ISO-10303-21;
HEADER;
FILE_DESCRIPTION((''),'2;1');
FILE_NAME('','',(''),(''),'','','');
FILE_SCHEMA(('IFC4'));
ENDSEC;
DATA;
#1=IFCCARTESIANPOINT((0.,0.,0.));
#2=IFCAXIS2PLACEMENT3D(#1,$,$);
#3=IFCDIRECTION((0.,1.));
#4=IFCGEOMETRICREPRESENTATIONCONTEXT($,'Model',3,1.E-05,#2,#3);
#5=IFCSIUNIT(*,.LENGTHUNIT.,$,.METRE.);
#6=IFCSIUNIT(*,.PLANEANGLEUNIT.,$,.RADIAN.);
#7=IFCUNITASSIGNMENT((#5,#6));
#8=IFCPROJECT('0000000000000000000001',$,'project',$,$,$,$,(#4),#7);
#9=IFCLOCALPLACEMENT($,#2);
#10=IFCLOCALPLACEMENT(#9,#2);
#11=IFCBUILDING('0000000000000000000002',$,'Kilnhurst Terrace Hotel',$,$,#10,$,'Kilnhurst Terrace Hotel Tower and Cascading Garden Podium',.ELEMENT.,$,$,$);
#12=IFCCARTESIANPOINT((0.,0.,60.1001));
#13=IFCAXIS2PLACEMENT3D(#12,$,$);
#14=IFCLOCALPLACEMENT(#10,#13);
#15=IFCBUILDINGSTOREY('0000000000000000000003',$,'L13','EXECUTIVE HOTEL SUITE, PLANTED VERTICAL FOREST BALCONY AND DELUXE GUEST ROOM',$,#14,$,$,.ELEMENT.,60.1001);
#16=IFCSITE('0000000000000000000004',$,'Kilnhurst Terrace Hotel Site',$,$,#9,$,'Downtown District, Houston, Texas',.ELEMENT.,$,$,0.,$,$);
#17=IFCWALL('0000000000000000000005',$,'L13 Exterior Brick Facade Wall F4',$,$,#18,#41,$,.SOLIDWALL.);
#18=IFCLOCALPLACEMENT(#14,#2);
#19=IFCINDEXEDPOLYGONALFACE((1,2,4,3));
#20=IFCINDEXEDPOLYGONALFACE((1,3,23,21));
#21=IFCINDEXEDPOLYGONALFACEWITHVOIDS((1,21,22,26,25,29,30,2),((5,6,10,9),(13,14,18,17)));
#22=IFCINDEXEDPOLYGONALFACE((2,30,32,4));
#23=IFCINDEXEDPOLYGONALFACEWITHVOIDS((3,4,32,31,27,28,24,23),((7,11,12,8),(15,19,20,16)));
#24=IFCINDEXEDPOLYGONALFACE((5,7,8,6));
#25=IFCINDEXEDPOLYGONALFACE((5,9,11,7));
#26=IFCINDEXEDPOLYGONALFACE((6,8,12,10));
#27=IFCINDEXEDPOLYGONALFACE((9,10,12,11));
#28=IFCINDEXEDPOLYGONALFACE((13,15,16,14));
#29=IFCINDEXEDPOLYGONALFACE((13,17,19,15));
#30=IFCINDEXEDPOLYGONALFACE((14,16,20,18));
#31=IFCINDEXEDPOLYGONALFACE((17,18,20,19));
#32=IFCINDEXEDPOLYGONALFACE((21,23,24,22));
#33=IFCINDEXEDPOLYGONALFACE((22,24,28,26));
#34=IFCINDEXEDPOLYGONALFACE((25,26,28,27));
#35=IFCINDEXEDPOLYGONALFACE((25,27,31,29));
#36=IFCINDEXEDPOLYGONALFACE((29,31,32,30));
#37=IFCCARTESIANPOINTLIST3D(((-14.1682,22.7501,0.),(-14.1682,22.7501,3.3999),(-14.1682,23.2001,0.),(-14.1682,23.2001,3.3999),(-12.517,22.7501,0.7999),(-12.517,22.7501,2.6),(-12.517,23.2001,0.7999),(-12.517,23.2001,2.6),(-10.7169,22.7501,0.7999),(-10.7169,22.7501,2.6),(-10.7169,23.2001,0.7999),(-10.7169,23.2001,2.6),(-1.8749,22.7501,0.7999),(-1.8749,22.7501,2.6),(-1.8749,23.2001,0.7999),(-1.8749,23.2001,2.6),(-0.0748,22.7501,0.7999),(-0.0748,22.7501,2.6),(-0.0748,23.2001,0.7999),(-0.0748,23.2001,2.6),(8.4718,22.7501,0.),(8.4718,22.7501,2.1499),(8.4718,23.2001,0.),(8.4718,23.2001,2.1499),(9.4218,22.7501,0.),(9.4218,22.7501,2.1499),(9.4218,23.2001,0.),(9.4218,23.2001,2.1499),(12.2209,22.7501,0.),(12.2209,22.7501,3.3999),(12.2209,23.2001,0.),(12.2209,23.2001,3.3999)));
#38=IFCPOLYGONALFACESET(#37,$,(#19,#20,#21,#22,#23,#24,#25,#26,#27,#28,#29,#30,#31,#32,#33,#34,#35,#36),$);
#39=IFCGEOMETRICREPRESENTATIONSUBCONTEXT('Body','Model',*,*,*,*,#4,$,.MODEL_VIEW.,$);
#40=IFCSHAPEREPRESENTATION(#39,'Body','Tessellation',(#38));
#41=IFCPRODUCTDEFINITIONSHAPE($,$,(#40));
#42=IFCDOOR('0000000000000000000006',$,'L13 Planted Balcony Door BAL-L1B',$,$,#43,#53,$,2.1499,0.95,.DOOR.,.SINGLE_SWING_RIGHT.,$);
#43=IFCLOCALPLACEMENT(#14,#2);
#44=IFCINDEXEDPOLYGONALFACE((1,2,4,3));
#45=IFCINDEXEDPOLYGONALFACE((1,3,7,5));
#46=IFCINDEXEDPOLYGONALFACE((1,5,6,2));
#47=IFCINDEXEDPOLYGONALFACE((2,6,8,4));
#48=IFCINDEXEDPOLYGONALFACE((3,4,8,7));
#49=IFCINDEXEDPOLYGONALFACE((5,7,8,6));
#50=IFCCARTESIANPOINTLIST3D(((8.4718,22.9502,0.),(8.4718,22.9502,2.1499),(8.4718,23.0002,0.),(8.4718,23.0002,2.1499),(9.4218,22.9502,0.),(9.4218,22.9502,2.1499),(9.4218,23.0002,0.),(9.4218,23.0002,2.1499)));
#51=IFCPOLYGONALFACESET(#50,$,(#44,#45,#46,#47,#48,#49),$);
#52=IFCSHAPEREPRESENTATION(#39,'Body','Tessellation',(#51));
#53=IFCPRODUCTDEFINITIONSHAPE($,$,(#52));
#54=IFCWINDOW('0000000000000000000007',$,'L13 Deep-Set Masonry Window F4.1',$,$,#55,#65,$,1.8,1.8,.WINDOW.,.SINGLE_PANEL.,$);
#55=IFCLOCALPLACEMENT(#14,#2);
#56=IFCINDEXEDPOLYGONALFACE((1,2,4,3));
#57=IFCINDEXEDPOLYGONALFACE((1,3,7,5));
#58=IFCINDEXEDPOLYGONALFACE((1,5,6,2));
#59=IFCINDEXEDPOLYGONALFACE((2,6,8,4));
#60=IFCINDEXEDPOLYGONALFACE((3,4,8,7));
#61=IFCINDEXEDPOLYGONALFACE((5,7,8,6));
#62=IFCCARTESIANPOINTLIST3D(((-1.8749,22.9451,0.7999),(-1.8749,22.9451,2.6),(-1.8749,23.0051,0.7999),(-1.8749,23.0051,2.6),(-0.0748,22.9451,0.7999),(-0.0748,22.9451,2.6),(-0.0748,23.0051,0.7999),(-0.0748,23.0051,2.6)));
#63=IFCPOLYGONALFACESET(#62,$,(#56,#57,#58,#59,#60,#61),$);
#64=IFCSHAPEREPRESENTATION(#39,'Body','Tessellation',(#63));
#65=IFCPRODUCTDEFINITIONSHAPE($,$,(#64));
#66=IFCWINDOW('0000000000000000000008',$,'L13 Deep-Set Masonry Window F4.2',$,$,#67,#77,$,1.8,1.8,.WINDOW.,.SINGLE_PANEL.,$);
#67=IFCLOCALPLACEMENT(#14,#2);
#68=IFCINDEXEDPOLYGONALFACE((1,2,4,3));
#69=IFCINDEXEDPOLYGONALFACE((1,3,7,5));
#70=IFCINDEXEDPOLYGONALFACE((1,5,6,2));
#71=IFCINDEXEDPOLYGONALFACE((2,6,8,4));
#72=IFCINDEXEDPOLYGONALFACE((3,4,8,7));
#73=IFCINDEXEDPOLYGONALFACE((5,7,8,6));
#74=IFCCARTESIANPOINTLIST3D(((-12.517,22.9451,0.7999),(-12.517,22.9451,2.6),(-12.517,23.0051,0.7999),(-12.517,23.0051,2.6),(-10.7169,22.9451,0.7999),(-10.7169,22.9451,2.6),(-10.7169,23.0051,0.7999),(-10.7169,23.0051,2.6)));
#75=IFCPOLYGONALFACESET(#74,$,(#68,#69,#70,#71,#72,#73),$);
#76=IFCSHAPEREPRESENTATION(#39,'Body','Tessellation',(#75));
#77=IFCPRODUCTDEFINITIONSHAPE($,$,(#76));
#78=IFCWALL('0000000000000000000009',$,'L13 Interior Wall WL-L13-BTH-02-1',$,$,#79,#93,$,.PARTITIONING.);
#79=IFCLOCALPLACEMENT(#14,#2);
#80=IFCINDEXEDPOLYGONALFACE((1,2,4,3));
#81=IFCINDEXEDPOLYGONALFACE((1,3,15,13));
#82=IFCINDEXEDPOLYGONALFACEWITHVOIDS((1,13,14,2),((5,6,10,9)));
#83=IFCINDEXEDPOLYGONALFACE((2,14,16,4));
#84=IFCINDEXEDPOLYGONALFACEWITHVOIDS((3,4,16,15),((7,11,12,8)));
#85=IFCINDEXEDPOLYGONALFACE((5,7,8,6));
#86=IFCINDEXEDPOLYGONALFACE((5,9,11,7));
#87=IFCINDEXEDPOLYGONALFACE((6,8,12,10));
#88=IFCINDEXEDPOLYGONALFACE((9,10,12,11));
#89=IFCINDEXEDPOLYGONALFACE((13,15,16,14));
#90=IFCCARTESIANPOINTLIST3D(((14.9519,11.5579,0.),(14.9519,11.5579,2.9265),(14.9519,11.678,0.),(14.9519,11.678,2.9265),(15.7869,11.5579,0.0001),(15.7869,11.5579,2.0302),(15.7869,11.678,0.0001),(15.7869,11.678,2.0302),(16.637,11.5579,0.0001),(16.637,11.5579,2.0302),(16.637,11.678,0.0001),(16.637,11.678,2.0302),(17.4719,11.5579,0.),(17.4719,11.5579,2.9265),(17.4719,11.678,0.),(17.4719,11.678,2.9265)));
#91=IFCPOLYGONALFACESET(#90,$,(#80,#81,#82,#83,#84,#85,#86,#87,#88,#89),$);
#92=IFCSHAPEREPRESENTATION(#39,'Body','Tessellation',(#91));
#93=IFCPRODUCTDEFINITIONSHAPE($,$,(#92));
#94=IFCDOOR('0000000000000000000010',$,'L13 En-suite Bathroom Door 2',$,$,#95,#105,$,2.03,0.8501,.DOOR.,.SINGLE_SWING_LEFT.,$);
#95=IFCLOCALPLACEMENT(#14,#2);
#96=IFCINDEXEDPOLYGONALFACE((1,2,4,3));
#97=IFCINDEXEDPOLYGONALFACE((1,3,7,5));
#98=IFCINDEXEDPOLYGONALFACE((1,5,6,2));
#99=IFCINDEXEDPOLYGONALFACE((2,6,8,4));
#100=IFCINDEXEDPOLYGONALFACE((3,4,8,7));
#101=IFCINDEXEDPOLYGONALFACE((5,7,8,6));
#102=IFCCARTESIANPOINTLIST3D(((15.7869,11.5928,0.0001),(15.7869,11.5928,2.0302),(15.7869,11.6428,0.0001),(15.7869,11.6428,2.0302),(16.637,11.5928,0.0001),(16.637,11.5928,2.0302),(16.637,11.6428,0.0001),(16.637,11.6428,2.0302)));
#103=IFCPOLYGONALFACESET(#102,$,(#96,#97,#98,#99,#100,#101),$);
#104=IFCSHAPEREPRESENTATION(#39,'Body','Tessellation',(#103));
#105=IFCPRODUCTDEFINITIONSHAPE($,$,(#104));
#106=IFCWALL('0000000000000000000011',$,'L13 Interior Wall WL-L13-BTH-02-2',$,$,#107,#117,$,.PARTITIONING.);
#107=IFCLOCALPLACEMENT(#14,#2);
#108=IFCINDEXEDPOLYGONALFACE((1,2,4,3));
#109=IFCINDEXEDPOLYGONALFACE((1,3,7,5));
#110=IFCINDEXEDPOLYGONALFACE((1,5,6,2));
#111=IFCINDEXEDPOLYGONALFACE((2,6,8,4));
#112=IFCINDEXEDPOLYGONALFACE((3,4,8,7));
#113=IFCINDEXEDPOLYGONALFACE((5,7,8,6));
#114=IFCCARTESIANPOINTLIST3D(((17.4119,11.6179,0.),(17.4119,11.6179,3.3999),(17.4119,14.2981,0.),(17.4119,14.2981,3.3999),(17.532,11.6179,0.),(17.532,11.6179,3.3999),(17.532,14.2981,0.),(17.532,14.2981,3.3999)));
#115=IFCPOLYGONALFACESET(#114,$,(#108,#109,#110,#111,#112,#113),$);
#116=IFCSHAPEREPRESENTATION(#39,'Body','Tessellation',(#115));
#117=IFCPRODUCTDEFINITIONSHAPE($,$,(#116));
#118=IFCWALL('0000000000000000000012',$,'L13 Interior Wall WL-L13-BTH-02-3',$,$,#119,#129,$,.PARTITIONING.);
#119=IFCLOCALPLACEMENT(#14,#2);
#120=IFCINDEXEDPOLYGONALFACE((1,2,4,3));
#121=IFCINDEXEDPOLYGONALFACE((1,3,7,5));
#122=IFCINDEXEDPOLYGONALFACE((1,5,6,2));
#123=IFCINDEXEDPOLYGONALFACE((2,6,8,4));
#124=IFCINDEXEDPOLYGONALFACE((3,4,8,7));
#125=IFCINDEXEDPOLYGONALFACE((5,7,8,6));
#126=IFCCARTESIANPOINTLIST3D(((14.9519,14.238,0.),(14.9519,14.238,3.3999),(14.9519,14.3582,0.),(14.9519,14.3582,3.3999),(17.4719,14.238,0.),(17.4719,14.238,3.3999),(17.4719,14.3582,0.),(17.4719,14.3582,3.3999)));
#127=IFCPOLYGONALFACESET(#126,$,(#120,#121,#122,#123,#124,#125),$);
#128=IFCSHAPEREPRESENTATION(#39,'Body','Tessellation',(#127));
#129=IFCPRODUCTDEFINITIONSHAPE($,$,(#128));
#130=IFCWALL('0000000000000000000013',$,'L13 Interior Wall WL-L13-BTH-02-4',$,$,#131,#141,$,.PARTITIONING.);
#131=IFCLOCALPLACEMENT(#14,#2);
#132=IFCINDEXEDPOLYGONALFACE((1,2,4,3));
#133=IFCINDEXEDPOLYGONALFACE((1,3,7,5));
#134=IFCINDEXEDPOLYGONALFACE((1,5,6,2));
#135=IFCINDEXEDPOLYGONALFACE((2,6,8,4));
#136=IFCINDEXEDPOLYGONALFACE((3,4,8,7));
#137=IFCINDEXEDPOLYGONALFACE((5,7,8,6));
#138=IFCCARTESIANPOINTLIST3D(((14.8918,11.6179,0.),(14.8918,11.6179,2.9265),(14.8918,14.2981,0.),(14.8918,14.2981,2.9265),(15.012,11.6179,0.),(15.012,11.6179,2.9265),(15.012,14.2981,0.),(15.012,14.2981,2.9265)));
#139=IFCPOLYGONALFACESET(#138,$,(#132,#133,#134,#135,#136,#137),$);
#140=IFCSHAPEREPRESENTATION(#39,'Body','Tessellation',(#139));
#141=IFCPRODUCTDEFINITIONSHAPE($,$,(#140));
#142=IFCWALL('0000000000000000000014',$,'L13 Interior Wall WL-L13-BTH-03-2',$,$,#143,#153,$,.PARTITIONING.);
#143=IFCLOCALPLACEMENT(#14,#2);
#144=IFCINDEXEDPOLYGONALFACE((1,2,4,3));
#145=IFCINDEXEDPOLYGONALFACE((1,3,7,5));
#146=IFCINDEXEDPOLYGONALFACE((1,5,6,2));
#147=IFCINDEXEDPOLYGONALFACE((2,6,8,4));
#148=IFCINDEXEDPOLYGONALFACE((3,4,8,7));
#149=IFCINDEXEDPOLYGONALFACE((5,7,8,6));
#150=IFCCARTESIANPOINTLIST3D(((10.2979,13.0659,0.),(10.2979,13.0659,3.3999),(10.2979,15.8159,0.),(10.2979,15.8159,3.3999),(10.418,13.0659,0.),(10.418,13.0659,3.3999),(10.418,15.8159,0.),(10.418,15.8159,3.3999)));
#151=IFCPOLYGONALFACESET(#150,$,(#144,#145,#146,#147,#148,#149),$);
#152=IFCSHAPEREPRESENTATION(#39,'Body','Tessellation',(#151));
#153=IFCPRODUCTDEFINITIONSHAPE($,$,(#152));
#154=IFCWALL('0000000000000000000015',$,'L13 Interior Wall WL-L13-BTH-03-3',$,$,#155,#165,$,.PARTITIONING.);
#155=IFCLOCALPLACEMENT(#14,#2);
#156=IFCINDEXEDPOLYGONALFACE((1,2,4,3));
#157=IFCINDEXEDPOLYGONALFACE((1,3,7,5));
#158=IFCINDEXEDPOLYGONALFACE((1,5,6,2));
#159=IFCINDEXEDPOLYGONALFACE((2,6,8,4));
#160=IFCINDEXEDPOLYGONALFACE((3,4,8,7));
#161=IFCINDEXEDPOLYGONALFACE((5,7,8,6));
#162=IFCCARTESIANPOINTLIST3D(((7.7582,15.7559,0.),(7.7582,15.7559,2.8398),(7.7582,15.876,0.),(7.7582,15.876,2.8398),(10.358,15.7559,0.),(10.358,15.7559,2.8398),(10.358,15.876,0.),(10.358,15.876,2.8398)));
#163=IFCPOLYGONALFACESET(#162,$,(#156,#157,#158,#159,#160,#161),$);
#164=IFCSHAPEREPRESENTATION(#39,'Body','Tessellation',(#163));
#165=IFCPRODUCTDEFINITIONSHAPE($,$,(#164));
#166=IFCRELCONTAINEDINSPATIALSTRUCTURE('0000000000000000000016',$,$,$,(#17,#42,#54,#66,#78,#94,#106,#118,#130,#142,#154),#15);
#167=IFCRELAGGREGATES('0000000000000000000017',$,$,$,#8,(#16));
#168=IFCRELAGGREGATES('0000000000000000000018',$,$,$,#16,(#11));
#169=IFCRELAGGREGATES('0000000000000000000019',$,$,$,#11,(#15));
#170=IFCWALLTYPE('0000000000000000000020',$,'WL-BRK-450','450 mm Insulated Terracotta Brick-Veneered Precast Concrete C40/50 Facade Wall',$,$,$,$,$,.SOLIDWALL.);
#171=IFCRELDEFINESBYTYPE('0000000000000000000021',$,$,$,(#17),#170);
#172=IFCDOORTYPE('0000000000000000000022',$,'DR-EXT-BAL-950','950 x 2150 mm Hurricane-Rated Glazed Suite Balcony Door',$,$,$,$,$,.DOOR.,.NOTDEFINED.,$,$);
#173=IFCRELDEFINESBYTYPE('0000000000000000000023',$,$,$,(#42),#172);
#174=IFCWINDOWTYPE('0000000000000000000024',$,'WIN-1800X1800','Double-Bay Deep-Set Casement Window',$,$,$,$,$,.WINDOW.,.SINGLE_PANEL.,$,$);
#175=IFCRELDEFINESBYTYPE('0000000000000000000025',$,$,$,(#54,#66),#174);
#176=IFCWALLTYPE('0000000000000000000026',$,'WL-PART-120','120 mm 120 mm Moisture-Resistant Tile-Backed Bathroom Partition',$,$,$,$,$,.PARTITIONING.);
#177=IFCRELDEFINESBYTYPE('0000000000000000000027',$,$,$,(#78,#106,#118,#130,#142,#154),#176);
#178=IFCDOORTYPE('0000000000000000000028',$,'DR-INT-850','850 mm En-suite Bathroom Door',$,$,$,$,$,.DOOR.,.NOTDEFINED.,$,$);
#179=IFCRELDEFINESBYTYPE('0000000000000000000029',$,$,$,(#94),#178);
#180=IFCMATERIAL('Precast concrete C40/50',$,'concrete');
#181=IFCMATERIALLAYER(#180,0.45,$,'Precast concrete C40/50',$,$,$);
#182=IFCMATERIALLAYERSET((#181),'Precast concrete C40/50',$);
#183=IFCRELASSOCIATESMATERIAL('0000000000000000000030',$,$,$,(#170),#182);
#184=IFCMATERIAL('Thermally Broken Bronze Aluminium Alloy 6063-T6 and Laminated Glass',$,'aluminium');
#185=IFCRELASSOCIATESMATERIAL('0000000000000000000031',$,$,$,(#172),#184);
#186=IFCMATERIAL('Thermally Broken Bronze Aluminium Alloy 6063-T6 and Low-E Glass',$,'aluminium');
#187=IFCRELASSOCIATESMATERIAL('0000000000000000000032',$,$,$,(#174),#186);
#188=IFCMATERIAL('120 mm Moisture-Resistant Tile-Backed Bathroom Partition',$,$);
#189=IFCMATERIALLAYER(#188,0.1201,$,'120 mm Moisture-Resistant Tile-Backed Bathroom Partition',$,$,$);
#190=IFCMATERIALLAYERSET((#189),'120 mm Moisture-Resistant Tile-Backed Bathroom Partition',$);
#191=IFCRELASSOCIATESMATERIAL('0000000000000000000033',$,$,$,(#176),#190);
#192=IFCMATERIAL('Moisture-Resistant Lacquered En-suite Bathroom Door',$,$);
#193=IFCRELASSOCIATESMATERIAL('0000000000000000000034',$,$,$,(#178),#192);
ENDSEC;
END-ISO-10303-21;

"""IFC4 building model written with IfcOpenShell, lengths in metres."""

from ifc_helpers import new_model, si_unit, direction, frame, frame_2d, origin, place, context, subcontext, project, spatial, rectangle, extrude, material, layer, layer_set, type_object, element, fill, save


model = new_model("IFC4")

# Units and contexts
model_context = context("Model", 3, precision=1e-05, world=origin(), true_north=direction((0.0, 1.0)))
body_context = subcontext(model_context, "Body", "Model", "MODEL_VIEW")
ifc_project = project(units=[si_unit("LENGTHUNIT", "METRE"), si_unit("PLANEANGLEUNIT", "RADIAN")], contexts=[model_context])

# Site, building, storey
site_placement = place(None, origin())
site = spatial("IfcSite", under=ifc_project, at=site_placement, Name="Kilnhurst Terrace Hotel Site", LongName="Downtown District, Houston, Texas", CompositionType="ELEMENT", RefElevation=0.0)
building_placement = place(site_placement, origin())
building = spatial("IfcBuilding", under=site, at=building_placement, Name="Kilnhurst Terrace Hotel", LongName="Kilnhurst Terrace Hotel Tower and Cascading Garden Podium", CompositionType="ELEMENT")
storey_placement = place(building_placement, frame((0.0, 0.0, 60.1001)))
storey = spatial("IfcBuildingStorey", under=building, at=storey_placement, Name="L13", Description="EXECUTIVE HOTEL SUITE, PLANTED VERTICAL FOREST BALCONY AND DELUXE GUEST ROOM", CompositionType="ELEMENT", Elevation=60.1001)

# Shared definitions
ifc_material_1 = material(Name="Precast concrete C40/50", Category="concrete")
ifc_layer_1 = layer(ifc_material_1, 0.45, Name="Precast concrete C40/50")
ifc_layer_set_1 = layer_set([ifc_layer_1], Name="Precast concrete C40/50")
wall_type_1 = type_object("IfcWallType", Name="WL-BRK-450", Description="450 mm Insulated Terracotta Brick-Veneered Precast Concrete C40/50 Facade Wall", PredefinedType="SOLIDWALL", material=ifc_layer_set_1)

# Wall, openings, door, windows
wall_1_placement = place(storey_placement, frame((12.2209, 22.9751, 0.0), z_axis=(0.0, 0.0, 1.0), x_axis=(-1.0, 0.0, 0.0)))
wall_1 = element("IfcWall", 1, at=wall_1_placement, inside=storey, type_object=wall_type_1, Name="L13 Exterior Brick Facade Wall F4", PredefinedType="SOLIDWALL", context=body_context, shape_type="SweptSolid", body=[
    extrude(rectangle(XDim=26.3892, YDim=0.45, at=frame_2d((13.1946, 0.0))), origin(), (0.0, 0.0, 1.0), 3.3999),
])
opening_1_placement = place(wall_1_placement, frame((2.7991, 0.0, 0.0)))
opening_1 = element("IfcOpeningElement", 2, at=opening_1_placement, cuts=wall_1, PredefinedType="OPENING", context=body_context, shape_type="SweptSolid", body=[
    extrude(rectangle(XDim=0.95, YDim=2.1499, at=frame_2d((0.4751, 1.075))), frame((0.0, 0.2349, 0.0), z_axis=(0.0, -1.0, 0.0), x_axis=(1.0, 0.0, 0.0)), (0.0, 0.0, 1.0), 0.47),
])
opening_2_placement = place(wall_1_placement, frame((12.2959, 0.0, 0.8)))
opening_2 = element("IfcOpeningElement", 3, at=opening_2_placement, cuts=wall_1, PredefinedType="OPENING", context=body_context, shape_type="SweptSolid", body=[
    extrude(rectangle(XDim=1.8, YDim=1.8, at=frame_2d((0.8999, 0.8999))), frame((0.0, 0.2349, 0.0), z_axis=(0.0, -1.0, 0.0), x_axis=(1.0, 0.0, 0.0)), (0.0, 0.0, 1.0), 0.47),
])
opening_3_placement = place(wall_1_placement, frame((22.938, 0.0, 0.8)))
opening_3 = element("IfcOpeningElement", 4, at=opening_3_placement, cuts=wall_1, PredefinedType="OPENING", context=body_context, shape_type="SweptSolid", body=[
    extrude(rectangle(XDim=1.8, YDim=1.8, at=frame_2d((0.8999, 0.8999))), frame((0.0, 0.2349, 0.0), z_axis=(0.0, -1.0, 0.0), x_axis=(1.0, 0.0, 0.0)), (0.0, 0.0, 1.0), 0.47),
])
ifc_material_2 = material(Name="Thermally Broken Bronze Aluminium Alloy 6063-T6 and Laminated Glass", Category="aluminium")
door_type_1 = type_object("IfcDoorType", Name="DR-EXT-BAL-950", Description="950 x 2150 mm Hurricane-Rated Glazed Suite Balcony Door", OperationType="NOTDEFINED", PredefinedType="DOOR", material=ifc_material_2)
door_1_placement = place(opening_1_placement, origin())
door_1 = element("IfcDoor", 5, at=door_1_placement, inside=storey, type_object=door_type_1, Name="L13 Planted Balcony Door BAL-L1B", OperationType="SINGLE_SWING_RIGHT", OverallHeight=2.1499, OverallWidth=0.95, PredefinedType="DOOR", context=body_context, shape_type="SweptSolid", body=[
    extrude(rectangle(XDim=0.95, YDim=2.1499, at=frame_2d((0.4751, 1.075))), frame((0.0, 0.0249, 0.0), z_axis=(0.0, -1.0, 0.0), x_axis=(1.0, 0.0, 0.0)), (0.0, 0.0, 1.0), 0.05),
])
fill(opening_1, door_1)
ifc_material_3 = material(Name="Thermally Broken Bronze Aluminium Alloy 6063-T6 and Low-E Glass", Category="aluminium")
window_type = type_object("IfcWindowType", Name="WIN-1800X1800", Description="Double-Bay Deep-Set Casement Window", PartitioningType="SINGLE_PANEL", PredefinedType="WINDOW", material=ifc_material_3)
window_1_placement = place(opening_2_placement, origin())
window_1 = element("IfcWindow", 6, at=window_1_placement, inside=storey, type_object=window_type, Name="L13 Deep-Set Masonry Window F4.1", OverallHeight=1.8, OverallWidth=1.8, PartitioningType="SINGLE_PANEL", PredefinedType="WINDOW", context=body_context, shape_type="SweptSolid", body=[
    extrude(rectangle(XDim=1.8, YDim=1.8, at=frame_2d((0.8999, 0.8999))), frame((0.0, 0.03, 0.0), z_axis=(0.0, -1.0, 0.0), x_axis=(1.0, 0.0, 0.0)), (0.0, 0.0, 1.0), 0.0601),
])
fill(opening_2, window_1)
window_2_placement = place(opening_3_placement, origin())
window_2 = element("IfcWindow", 7, at=window_2_placement, inside=storey, type_object=window_type, Name="L13 Deep-Set Masonry Window F4.2", OverallHeight=1.8, OverallWidth=1.8, PartitioningType="SINGLE_PANEL", PredefinedType="WINDOW", context=body_context, shape_type="SweptSolid", body=[
    extrude(rectangle(XDim=1.8, YDim=1.8, at=frame_2d((0.8999, 0.8999))), frame((0.0, 0.03, 0.0), z_axis=(0.0, -1.0, 0.0), x_axis=(1.0, 0.0, 0.0)), (0.0, 0.0, 1.0), 0.0601),
])
fill(opening_3, window_2)

# Wall, opening, door
ifc_material_4 = material(Name="120 mm Moisture-Resistant Tile-Backed Bathroom Partition")
ifc_layer_2 = layer(ifc_material_4, 0.1201, Name="120 mm Moisture-Resistant Tile-Backed Bathroom Partition")
ifc_layer_set_2 = layer_set([ifc_layer_2], Name="120 mm Moisture-Resistant Tile-Backed Bathroom Partition")
wall_type_2 = type_object("IfcWallType", Name="WL-PART-120", Description="120 mm 120 mm Moisture-Resistant Tile-Backed Bathroom Partition", PredefinedType="PARTITIONING", material=ifc_layer_set_2)
wall_2_placement = place(storey_placement, frame((14.9519, 11.6179, 0.0), z_axis=(0.0, 0.0, 1.0), x_axis=(1.0, 0.0, 0.0)))
wall_2 = element("IfcWall", 8, at=wall_2_placement, inside=storey, type_object=wall_type_2, Name="L13 Interior Wall WL-L13-BTH-02-1", PredefinedType="PARTITIONING", context=body_context, shape_type="SweptSolid", body=[
    extrude(rectangle(XDim=2.52, YDim=0.1201, at=frame_2d((1.26, 0.0))), origin(), (0.0, 0.0, 1.0), 2.9265),
])
opening_4_placement = place(wall_2_placement, frame((0.835, 0.0, 0.0)))
opening_4 = element("IfcOpeningElement", 9, at=opening_4_placement, cuts=wall_2, PredefinedType="OPENING", context=body_context, shape_type="SweptSolid", body=[
    extrude(rectangle(XDim=0.8501, YDim=2.03, at=frame_2d((0.425, 1.0151))), frame((0.0, 0.0701, 0.0), z_axis=(0.0, -1.0, 0.0), x_axis=(1.0, 0.0, 0.0)), (0.0, 0.0, 1.0), 0.1401),
])
ifc_material_5 = material(Name="Moisture-Resistant Lacquered En-suite Bathroom Door")
door_type_2 = type_object("IfcDoorType", Name="DR-INT-850", Description="850 mm En-suite Bathroom Door", OperationType="NOTDEFINED", PredefinedType="DOOR", material=ifc_material_5)
door_2_placement = place(opening_4_placement, origin())
door_2 = element("IfcDoor", 10, at=door_2_placement, inside=storey, type_object=door_type_2, Name="L13 En-suite Bathroom Door 2", OperationType="SINGLE_SWING_LEFT", OverallHeight=2.03, OverallWidth=0.8501, PredefinedType="DOOR", context=body_context, shape_type="SweptSolid", body=[
    extrude(rectangle(XDim=0.8501, YDim=2.03, at=frame_2d((0.425, 1.0151))), frame((0.0, 0.0249, 0.0), z_axis=(0.0, -1.0, 0.0), x_axis=(1.0, 0.0, 0.0)), (0.0, 0.0, 1.0), 0.05),
])
fill(opening_4, door_2)

# Walls
wall_3_placement = place(storey_placement, frame((17.4719, 11.6179, 0.0), z_axis=(0.0, 0.0, 1.0), x_axis=(0.0, 1.0, 0.0)))
element("IfcWall", 11, at=wall_3_placement, inside=storey, type_object=wall_type_2, Name="L13 Interior Wall WL-L13-BTH-02-2", PredefinedType="PARTITIONING", context=body_context, shape_type="SweptSolid", body=[
    extrude(rectangle(XDim=2.6802, YDim=0.1201, at=frame_2d((1.3401, 0.0))), origin(), (0.0, 0.0, 1.0), 3.3999),
])
wall_4_placement = place(storey_placement, frame((17.4719, 14.2981, 0.0), z_axis=(0.0, 0.0, 1.0), x_axis=(-1.0, 0.0, 0.0)))
element("IfcWall", 12, at=wall_4_placement, inside=storey, type_object=wall_type_2, Name="L13 Interior Wall WL-L13-BTH-02-3", PredefinedType="PARTITIONING", context=body_context, shape_type="SweptSolid", body=[
    extrude(rectangle(XDim=2.52, YDim=0.1201, at=frame_2d((1.26, 0.0))), origin(), (0.0, 0.0, 1.0), 3.3999),
])
wall_5_placement = place(storey_placement, frame((14.9519, 14.2981, 0.0), z_axis=(0.0, 0.0, 1.0), x_axis=(0.0, -1.0, 0.0)))
element("IfcWall", 13, at=wall_5_placement, inside=storey, type_object=wall_type_2, Name="L13 Interior Wall WL-L13-BTH-02-4", PredefinedType="PARTITIONING", context=body_context, shape_type="SweptSolid", body=[
    extrude(rectangle(XDim=2.6802, YDim=0.1201, at=frame_2d((1.3401, 0.0))), origin(), (0.0, 0.0, 1.0), 2.9265),
])
wall_6_placement = place(storey_placement, frame((10.3579, 13.0659, 0.0), z_axis=(0.0, 0.0, 1.0), x_axis=(0.0, 1.0, 0.0)))
element("IfcWall", 14, at=wall_6_placement, inside=storey, type_object=wall_type_2, Name="L13 Interior Wall WL-L13-BTH-03-2", PredefinedType="PARTITIONING", context=body_context, shape_type="SweptSolid", body=[
    extrude(rectangle(XDim=2.75, YDim=0.1201, at=frame_2d((1.375, 0.0))), origin(), (0.0, 0.0, 1.0), 3.3999),
])
wall_7_placement = place(storey_placement, frame((10.3579, 15.8159, 0.0), z_axis=(0.0, 0.0, 1.0), x_axis=(-1.0, 0.0, 0.0)))
element("IfcWall", 15, at=wall_7_placement, inside=storey, type_object=wall_type_2, Name="L13 Interior Wall WL-L13-BTH-03-3", PredefinedType="PARTITIONING", context=body_context, shape_type="SweptSolid", body=[
    extrude(rectangle(XDim=2.5999, YDim=0.1201, at=frame_2d((1.2998, 0.0))), origin(), (0.0, 0.0, 1.0), 2.8398),
])

save(model, "model.ifc")
